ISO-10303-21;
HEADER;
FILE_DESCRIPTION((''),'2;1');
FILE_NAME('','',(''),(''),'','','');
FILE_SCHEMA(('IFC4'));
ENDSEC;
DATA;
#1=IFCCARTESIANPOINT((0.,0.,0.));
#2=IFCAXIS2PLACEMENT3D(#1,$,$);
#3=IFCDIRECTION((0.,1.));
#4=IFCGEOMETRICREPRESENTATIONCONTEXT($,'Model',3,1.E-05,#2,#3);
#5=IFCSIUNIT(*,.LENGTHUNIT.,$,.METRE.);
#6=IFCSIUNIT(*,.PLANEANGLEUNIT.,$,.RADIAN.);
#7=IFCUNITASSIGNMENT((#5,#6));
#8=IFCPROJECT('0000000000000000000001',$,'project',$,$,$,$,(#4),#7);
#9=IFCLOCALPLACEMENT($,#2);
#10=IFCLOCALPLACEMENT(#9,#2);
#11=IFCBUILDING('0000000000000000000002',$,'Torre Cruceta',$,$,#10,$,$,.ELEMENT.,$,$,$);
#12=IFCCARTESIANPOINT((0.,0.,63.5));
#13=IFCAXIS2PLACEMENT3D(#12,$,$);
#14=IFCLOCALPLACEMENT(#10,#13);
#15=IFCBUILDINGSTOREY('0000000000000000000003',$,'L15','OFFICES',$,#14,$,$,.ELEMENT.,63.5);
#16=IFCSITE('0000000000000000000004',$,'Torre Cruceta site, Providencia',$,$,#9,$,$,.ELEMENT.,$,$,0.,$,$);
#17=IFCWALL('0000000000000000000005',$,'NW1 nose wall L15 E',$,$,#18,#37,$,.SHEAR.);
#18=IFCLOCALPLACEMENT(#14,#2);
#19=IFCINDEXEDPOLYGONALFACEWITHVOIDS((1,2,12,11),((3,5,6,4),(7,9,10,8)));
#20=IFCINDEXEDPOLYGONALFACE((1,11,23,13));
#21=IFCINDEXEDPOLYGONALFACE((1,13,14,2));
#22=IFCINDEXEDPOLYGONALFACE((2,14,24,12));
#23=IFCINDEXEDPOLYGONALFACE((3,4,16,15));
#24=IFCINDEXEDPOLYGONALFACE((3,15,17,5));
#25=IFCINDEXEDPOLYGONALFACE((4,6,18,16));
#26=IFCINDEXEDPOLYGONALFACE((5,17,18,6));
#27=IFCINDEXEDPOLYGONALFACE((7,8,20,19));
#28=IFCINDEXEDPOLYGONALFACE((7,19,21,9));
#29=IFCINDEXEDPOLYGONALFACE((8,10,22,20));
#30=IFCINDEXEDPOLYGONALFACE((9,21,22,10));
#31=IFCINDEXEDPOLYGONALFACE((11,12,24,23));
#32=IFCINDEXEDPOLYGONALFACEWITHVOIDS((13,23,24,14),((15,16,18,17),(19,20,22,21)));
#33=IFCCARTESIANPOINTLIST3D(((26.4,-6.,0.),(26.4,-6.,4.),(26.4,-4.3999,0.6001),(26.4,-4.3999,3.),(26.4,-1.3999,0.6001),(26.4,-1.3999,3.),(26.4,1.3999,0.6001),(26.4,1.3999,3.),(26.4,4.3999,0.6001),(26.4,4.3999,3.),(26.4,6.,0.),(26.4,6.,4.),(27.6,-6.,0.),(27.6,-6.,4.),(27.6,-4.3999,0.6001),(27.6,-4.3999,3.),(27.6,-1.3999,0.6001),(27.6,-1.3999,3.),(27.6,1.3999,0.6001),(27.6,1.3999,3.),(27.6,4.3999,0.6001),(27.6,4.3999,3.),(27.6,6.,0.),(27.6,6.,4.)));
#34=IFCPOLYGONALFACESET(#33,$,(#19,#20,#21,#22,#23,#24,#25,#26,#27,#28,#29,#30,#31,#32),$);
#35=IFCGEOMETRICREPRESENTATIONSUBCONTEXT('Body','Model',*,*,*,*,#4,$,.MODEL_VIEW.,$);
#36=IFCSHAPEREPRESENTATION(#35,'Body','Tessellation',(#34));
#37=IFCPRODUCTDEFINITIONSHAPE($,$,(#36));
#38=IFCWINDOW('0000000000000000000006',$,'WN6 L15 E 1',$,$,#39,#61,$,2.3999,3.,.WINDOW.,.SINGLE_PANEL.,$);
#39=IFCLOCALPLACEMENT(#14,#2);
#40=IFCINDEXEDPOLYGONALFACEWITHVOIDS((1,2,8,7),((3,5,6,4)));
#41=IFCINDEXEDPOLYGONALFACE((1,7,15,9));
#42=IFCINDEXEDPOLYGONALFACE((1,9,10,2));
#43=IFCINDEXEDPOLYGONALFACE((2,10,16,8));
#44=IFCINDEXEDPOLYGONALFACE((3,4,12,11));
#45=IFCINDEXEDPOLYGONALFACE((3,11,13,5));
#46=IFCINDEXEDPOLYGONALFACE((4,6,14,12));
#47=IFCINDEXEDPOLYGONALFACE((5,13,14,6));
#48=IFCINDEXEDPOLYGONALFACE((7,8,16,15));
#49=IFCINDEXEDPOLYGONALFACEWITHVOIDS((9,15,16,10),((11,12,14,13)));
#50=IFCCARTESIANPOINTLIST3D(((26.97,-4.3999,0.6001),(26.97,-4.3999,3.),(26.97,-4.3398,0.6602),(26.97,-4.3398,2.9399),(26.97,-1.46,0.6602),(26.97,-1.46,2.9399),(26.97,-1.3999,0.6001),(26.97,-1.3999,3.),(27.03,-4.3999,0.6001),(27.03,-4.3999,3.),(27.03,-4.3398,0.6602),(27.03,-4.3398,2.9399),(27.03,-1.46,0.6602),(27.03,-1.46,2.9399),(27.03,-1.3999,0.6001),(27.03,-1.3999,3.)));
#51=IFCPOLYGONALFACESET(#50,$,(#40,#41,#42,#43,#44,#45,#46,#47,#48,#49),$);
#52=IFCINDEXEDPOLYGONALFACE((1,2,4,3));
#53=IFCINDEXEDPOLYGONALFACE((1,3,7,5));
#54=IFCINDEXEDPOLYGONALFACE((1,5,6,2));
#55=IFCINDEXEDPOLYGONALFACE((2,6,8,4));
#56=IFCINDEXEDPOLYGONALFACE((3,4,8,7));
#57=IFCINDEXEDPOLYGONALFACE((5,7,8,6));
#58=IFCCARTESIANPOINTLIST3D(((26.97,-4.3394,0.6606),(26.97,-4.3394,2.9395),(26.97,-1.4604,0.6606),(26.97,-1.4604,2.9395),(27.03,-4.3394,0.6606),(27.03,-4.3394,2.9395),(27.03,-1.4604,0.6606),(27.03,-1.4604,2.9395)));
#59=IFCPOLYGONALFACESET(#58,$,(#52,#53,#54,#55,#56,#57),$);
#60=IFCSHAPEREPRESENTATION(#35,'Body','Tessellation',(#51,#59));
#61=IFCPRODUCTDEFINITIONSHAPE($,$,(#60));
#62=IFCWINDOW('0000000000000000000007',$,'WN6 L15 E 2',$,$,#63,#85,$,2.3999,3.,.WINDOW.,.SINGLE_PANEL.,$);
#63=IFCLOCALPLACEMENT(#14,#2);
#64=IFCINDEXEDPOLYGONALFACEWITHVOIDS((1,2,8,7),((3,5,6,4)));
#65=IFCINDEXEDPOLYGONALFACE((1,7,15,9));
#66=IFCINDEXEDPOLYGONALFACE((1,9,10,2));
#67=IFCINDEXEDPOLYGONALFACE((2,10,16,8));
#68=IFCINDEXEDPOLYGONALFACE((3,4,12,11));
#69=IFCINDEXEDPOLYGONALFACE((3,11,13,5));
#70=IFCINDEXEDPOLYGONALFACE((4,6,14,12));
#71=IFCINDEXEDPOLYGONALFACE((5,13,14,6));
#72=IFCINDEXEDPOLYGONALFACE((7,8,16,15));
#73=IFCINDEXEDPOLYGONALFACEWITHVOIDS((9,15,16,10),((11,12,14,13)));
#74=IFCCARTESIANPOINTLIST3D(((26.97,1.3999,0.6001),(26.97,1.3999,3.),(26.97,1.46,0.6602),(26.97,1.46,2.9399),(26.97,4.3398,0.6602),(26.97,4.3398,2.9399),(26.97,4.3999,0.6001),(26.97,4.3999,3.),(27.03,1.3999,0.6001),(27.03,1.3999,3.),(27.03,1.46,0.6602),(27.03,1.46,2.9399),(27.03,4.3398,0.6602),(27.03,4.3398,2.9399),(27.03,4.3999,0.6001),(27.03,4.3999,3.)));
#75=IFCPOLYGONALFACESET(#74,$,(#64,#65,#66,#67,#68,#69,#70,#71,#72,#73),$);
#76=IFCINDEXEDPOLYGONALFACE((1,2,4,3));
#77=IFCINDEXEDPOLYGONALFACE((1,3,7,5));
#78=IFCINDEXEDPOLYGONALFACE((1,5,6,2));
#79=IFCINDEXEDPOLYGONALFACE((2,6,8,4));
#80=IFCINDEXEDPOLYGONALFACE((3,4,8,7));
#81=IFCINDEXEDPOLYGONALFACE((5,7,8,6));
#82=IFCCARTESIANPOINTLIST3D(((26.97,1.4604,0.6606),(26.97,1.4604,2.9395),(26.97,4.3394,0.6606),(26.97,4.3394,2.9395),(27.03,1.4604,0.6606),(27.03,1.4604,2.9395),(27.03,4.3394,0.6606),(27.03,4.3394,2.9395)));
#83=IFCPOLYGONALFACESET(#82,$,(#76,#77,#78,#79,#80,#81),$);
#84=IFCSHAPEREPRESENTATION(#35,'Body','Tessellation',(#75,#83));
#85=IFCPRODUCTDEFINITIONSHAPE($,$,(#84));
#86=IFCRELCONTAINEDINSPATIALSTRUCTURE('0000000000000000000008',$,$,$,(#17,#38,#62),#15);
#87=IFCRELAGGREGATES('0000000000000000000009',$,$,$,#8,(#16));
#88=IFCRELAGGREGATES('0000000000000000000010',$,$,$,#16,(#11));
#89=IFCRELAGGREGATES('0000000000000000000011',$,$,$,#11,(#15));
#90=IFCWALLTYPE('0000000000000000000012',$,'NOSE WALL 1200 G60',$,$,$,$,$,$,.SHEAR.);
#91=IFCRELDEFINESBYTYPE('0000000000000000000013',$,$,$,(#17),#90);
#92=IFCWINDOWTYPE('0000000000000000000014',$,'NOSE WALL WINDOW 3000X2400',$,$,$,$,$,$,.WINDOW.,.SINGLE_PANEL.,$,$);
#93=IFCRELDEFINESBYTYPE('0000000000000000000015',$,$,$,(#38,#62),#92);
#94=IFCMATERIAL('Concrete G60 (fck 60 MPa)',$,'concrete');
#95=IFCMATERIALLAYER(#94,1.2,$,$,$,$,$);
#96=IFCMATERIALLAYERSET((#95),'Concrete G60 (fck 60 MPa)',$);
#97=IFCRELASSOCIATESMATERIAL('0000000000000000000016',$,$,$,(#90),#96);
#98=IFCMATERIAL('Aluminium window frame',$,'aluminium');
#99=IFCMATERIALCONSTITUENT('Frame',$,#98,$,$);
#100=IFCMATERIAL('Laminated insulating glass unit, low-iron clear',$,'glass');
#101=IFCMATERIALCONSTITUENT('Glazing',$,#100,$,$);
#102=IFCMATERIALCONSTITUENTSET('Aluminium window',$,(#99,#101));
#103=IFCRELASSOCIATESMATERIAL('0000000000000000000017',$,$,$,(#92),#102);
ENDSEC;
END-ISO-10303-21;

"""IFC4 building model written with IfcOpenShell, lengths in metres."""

from ifc_helpers import new_model, si_unit, direction, frame, frame_2d, origin, place, context, subcontext, project, spatial, rectangle, hollow_rectangle, extrude, material, layer, layer_set, constituent, constituent_set, type_object, element, fill, save


model = new_model("IFC4")

# Units and contexts
model_context = context("Model", 3, precision=1e-05, world=origin(), true_north=direction((0.0, 1.0)))
body_context = subcontext(model_context, "Body", "Model", "MODEL_VIEW")
ifc_project = project(units=[si_unit("LENGTHUNIT", "METRE"), si_unit("PLANEANGLEUNIT", "RADIAN")], contexts=[model_context])

# Site, building, storey
site_placement = place(None, origin())
site = spatial("IfcSite", under=ifc_project, at=site_placement, Name="Torre Cruceta site, Providencia", CompositionType="ELEMENT", RefElevation=0.0)
building_placement = place(site_placement, origin())
building = spatial("IfcBuilding", under=site, at=building_placement, Name="Torre Cruceta", CompositionType="ELEMENT")
storey_placement = place(building_placement, frame((0.0, 0.0, 63.5)))
storey = spatial("IfcBuildingStorey", under=building, at=storey_placement, Name="L15", Description="OFFICES", CompositionType="ELEMENT", Elevation=63.5)

# Wall, openings, windows
ifc_material_1 = material(Name="Concrete G60 (fck 60 MPa)", Category="concrete")
ifc_layer = layer(ifc_material_1, 1.2)
ifc_layer_set = layer_set([ifc_layer], Name="Concrete G60 (fck 60 MPa)")
wall_type = type_object("IfcWallType", Name="NOSE WALL 1200 G60", PredefinedType="SHEAR", material=ifc_layer_set)
wall_placement = place(storey_placement, frame((27.0, -6.0, 0.0), z_axis=(0.0, 0.0, 1.0), x_axis=(0.0, 1.0, 0.0)))
wall = element("IfcWall", 1, at=wall_placement, inside=storey, type_object=wall_type, Name="NW1 nose wall L15 E", PredefinedType="SHEAR", context=body_context, shape_type="SweptSolid", body=[
    extrude(rectangle(XDim=12.0, YDim=1.2, at=frame_2d((6.0, 0.0))), origin(), (0.0, 0.0, 1.0), 4.0),
])
opening_1_placement = place(wall_placement, frame((1.6001, 0.0, 0.6001)))
opening_1 = element("IfcOpeningElement", 2, at=opening_1_placement, cuts=wall, PredefinedType="OPENING", context=body_context, shape_type="SweptSolid", body=[
    extrude(rectangle(XDim=3.0, YDim=2.3999, at=frame_2d((1.5, 1.2))), frame((0.0, 0.6099, 0.0), z_axis=(0.0, -1.0, 0.0), x_axis=(1.0, 0.0, 0.0)), (0.0, 0.0, 1.0), 1.22),
])
opening_2_placement = place(wall_placement, frame((7.3999, 0.0, 0.6001)))
opening_2 = element("IfcOpeningElement", 3, at=opening_2_placement, cuts=wall, PredefinedType="OPENING", context=body_context, shape_type="SweptSolid", body=[
    extrude(rectangle(XDim=3.0, YDim=2.3999, at=frame_2d((1.5, 1.2))), frame((0.0, 0.6099, 0.0), z_axis=(0.0, -1.0, 0.0), x_axis=(1.0, 0.0, 0.0)), (0.0, 0.0, 1.0), 1.22),
])
ifc_material_2 = material(Name="Aluminium window frame", Category="aluminium")
ifc_constituent_1 = constituent(ifc_material_2, Name="Frame")
ifc_material_3 = material(Name="Laminated insulating glass unit, low-iron clear", Category="glass")
ifc_constituent_2 = constituent(ifc_material_3, Name="Glazing")
ifc_constituent_set = constituent_set(constituents=[ifc_constituent_1, ifc_constituent_2], Name="Aluminium window")
window_type = type_object("IfcWindowType", Name="NOSE WALL WINDOW 3000X2400", PartitioningType="SINGLE_PANEL", PredefinedType="WINDOW", material=ifc_constituent_set)
window_1_placement = place(opening_1_placement, origin())
window_1 = element("IfcWindow", 4, at=window_1_placement, inside=storey, type_object=window_type, Name="WN6 L15 E 1", OverallHeight=2.3999, OverallWidth=3.0, PartitioningType="SINGLE_PANEL", PredefinedType="WINDOW", context=body_context, shape_type="SweptSolid", body=[
    extrude(hollow_rectangle(XDim=3.0, YDim=2.3999, WallThickness=0.0601, at=frame_2d((1.5, 1.2))), frame((0.0, 0.03, 0.0), z_axis=(0.0, -1.0, 0.0), x_axis=(1.0, 0.0, 0.0)), (0.0, 0.0, 1.0), 0.0601),
    extrude(rectangle(XDim=2.8789, YDim=2.2788, at=frame_2d((1.5, 1.2))), frame((0.0, 0.03, 0.0), z_axis=(0.0, -1.0, 0.0), x_axis=(1.0, 0.0, 0.0)), (0.0, 0.0, 1.0), 0.0601),
])
fill(opening_1, window_1)
window_2_placement = place(opening_2_placement, origin())
window_2 = element("IfcWindow", 5, at=window_2_placement, inside=storey, type_object=window_type, Name="WN6 L15 E 2", OverallHeight=2.3999, OverallWidth=3.0, PartitioningType="SINGLE_PANEL", PredefinedType="WINDOW", context=body_context, shape_type="SweptSolid", body=[
    extrude(hollow_rectangle(XDim=3.0, YDim=2.3999, WallThickness=0.0601, at=frame_2d((1.5, 1.2))), frame((0.0, 0.03, 0.0), z_axis=(0.0, -1.0, 0.0), x_axis=(1.0, 0.0, 0.0)), (0.0, 0.0, 1.0), 0.0601),
    extrude(rectangle(XDim=2.8789, YDim=2.2788, at=frame_2d((1.5, 1.2))), frame((0.0, 0.03, 0.0), z_axis=(0.0, -1.0, 0.0), x_axis=(1.0, 0.0, 0.0)), (0.0, 0.0, 1.0), 0.0601),
])
fill(opening_2, window_2)

save(model, "model.ifc")
